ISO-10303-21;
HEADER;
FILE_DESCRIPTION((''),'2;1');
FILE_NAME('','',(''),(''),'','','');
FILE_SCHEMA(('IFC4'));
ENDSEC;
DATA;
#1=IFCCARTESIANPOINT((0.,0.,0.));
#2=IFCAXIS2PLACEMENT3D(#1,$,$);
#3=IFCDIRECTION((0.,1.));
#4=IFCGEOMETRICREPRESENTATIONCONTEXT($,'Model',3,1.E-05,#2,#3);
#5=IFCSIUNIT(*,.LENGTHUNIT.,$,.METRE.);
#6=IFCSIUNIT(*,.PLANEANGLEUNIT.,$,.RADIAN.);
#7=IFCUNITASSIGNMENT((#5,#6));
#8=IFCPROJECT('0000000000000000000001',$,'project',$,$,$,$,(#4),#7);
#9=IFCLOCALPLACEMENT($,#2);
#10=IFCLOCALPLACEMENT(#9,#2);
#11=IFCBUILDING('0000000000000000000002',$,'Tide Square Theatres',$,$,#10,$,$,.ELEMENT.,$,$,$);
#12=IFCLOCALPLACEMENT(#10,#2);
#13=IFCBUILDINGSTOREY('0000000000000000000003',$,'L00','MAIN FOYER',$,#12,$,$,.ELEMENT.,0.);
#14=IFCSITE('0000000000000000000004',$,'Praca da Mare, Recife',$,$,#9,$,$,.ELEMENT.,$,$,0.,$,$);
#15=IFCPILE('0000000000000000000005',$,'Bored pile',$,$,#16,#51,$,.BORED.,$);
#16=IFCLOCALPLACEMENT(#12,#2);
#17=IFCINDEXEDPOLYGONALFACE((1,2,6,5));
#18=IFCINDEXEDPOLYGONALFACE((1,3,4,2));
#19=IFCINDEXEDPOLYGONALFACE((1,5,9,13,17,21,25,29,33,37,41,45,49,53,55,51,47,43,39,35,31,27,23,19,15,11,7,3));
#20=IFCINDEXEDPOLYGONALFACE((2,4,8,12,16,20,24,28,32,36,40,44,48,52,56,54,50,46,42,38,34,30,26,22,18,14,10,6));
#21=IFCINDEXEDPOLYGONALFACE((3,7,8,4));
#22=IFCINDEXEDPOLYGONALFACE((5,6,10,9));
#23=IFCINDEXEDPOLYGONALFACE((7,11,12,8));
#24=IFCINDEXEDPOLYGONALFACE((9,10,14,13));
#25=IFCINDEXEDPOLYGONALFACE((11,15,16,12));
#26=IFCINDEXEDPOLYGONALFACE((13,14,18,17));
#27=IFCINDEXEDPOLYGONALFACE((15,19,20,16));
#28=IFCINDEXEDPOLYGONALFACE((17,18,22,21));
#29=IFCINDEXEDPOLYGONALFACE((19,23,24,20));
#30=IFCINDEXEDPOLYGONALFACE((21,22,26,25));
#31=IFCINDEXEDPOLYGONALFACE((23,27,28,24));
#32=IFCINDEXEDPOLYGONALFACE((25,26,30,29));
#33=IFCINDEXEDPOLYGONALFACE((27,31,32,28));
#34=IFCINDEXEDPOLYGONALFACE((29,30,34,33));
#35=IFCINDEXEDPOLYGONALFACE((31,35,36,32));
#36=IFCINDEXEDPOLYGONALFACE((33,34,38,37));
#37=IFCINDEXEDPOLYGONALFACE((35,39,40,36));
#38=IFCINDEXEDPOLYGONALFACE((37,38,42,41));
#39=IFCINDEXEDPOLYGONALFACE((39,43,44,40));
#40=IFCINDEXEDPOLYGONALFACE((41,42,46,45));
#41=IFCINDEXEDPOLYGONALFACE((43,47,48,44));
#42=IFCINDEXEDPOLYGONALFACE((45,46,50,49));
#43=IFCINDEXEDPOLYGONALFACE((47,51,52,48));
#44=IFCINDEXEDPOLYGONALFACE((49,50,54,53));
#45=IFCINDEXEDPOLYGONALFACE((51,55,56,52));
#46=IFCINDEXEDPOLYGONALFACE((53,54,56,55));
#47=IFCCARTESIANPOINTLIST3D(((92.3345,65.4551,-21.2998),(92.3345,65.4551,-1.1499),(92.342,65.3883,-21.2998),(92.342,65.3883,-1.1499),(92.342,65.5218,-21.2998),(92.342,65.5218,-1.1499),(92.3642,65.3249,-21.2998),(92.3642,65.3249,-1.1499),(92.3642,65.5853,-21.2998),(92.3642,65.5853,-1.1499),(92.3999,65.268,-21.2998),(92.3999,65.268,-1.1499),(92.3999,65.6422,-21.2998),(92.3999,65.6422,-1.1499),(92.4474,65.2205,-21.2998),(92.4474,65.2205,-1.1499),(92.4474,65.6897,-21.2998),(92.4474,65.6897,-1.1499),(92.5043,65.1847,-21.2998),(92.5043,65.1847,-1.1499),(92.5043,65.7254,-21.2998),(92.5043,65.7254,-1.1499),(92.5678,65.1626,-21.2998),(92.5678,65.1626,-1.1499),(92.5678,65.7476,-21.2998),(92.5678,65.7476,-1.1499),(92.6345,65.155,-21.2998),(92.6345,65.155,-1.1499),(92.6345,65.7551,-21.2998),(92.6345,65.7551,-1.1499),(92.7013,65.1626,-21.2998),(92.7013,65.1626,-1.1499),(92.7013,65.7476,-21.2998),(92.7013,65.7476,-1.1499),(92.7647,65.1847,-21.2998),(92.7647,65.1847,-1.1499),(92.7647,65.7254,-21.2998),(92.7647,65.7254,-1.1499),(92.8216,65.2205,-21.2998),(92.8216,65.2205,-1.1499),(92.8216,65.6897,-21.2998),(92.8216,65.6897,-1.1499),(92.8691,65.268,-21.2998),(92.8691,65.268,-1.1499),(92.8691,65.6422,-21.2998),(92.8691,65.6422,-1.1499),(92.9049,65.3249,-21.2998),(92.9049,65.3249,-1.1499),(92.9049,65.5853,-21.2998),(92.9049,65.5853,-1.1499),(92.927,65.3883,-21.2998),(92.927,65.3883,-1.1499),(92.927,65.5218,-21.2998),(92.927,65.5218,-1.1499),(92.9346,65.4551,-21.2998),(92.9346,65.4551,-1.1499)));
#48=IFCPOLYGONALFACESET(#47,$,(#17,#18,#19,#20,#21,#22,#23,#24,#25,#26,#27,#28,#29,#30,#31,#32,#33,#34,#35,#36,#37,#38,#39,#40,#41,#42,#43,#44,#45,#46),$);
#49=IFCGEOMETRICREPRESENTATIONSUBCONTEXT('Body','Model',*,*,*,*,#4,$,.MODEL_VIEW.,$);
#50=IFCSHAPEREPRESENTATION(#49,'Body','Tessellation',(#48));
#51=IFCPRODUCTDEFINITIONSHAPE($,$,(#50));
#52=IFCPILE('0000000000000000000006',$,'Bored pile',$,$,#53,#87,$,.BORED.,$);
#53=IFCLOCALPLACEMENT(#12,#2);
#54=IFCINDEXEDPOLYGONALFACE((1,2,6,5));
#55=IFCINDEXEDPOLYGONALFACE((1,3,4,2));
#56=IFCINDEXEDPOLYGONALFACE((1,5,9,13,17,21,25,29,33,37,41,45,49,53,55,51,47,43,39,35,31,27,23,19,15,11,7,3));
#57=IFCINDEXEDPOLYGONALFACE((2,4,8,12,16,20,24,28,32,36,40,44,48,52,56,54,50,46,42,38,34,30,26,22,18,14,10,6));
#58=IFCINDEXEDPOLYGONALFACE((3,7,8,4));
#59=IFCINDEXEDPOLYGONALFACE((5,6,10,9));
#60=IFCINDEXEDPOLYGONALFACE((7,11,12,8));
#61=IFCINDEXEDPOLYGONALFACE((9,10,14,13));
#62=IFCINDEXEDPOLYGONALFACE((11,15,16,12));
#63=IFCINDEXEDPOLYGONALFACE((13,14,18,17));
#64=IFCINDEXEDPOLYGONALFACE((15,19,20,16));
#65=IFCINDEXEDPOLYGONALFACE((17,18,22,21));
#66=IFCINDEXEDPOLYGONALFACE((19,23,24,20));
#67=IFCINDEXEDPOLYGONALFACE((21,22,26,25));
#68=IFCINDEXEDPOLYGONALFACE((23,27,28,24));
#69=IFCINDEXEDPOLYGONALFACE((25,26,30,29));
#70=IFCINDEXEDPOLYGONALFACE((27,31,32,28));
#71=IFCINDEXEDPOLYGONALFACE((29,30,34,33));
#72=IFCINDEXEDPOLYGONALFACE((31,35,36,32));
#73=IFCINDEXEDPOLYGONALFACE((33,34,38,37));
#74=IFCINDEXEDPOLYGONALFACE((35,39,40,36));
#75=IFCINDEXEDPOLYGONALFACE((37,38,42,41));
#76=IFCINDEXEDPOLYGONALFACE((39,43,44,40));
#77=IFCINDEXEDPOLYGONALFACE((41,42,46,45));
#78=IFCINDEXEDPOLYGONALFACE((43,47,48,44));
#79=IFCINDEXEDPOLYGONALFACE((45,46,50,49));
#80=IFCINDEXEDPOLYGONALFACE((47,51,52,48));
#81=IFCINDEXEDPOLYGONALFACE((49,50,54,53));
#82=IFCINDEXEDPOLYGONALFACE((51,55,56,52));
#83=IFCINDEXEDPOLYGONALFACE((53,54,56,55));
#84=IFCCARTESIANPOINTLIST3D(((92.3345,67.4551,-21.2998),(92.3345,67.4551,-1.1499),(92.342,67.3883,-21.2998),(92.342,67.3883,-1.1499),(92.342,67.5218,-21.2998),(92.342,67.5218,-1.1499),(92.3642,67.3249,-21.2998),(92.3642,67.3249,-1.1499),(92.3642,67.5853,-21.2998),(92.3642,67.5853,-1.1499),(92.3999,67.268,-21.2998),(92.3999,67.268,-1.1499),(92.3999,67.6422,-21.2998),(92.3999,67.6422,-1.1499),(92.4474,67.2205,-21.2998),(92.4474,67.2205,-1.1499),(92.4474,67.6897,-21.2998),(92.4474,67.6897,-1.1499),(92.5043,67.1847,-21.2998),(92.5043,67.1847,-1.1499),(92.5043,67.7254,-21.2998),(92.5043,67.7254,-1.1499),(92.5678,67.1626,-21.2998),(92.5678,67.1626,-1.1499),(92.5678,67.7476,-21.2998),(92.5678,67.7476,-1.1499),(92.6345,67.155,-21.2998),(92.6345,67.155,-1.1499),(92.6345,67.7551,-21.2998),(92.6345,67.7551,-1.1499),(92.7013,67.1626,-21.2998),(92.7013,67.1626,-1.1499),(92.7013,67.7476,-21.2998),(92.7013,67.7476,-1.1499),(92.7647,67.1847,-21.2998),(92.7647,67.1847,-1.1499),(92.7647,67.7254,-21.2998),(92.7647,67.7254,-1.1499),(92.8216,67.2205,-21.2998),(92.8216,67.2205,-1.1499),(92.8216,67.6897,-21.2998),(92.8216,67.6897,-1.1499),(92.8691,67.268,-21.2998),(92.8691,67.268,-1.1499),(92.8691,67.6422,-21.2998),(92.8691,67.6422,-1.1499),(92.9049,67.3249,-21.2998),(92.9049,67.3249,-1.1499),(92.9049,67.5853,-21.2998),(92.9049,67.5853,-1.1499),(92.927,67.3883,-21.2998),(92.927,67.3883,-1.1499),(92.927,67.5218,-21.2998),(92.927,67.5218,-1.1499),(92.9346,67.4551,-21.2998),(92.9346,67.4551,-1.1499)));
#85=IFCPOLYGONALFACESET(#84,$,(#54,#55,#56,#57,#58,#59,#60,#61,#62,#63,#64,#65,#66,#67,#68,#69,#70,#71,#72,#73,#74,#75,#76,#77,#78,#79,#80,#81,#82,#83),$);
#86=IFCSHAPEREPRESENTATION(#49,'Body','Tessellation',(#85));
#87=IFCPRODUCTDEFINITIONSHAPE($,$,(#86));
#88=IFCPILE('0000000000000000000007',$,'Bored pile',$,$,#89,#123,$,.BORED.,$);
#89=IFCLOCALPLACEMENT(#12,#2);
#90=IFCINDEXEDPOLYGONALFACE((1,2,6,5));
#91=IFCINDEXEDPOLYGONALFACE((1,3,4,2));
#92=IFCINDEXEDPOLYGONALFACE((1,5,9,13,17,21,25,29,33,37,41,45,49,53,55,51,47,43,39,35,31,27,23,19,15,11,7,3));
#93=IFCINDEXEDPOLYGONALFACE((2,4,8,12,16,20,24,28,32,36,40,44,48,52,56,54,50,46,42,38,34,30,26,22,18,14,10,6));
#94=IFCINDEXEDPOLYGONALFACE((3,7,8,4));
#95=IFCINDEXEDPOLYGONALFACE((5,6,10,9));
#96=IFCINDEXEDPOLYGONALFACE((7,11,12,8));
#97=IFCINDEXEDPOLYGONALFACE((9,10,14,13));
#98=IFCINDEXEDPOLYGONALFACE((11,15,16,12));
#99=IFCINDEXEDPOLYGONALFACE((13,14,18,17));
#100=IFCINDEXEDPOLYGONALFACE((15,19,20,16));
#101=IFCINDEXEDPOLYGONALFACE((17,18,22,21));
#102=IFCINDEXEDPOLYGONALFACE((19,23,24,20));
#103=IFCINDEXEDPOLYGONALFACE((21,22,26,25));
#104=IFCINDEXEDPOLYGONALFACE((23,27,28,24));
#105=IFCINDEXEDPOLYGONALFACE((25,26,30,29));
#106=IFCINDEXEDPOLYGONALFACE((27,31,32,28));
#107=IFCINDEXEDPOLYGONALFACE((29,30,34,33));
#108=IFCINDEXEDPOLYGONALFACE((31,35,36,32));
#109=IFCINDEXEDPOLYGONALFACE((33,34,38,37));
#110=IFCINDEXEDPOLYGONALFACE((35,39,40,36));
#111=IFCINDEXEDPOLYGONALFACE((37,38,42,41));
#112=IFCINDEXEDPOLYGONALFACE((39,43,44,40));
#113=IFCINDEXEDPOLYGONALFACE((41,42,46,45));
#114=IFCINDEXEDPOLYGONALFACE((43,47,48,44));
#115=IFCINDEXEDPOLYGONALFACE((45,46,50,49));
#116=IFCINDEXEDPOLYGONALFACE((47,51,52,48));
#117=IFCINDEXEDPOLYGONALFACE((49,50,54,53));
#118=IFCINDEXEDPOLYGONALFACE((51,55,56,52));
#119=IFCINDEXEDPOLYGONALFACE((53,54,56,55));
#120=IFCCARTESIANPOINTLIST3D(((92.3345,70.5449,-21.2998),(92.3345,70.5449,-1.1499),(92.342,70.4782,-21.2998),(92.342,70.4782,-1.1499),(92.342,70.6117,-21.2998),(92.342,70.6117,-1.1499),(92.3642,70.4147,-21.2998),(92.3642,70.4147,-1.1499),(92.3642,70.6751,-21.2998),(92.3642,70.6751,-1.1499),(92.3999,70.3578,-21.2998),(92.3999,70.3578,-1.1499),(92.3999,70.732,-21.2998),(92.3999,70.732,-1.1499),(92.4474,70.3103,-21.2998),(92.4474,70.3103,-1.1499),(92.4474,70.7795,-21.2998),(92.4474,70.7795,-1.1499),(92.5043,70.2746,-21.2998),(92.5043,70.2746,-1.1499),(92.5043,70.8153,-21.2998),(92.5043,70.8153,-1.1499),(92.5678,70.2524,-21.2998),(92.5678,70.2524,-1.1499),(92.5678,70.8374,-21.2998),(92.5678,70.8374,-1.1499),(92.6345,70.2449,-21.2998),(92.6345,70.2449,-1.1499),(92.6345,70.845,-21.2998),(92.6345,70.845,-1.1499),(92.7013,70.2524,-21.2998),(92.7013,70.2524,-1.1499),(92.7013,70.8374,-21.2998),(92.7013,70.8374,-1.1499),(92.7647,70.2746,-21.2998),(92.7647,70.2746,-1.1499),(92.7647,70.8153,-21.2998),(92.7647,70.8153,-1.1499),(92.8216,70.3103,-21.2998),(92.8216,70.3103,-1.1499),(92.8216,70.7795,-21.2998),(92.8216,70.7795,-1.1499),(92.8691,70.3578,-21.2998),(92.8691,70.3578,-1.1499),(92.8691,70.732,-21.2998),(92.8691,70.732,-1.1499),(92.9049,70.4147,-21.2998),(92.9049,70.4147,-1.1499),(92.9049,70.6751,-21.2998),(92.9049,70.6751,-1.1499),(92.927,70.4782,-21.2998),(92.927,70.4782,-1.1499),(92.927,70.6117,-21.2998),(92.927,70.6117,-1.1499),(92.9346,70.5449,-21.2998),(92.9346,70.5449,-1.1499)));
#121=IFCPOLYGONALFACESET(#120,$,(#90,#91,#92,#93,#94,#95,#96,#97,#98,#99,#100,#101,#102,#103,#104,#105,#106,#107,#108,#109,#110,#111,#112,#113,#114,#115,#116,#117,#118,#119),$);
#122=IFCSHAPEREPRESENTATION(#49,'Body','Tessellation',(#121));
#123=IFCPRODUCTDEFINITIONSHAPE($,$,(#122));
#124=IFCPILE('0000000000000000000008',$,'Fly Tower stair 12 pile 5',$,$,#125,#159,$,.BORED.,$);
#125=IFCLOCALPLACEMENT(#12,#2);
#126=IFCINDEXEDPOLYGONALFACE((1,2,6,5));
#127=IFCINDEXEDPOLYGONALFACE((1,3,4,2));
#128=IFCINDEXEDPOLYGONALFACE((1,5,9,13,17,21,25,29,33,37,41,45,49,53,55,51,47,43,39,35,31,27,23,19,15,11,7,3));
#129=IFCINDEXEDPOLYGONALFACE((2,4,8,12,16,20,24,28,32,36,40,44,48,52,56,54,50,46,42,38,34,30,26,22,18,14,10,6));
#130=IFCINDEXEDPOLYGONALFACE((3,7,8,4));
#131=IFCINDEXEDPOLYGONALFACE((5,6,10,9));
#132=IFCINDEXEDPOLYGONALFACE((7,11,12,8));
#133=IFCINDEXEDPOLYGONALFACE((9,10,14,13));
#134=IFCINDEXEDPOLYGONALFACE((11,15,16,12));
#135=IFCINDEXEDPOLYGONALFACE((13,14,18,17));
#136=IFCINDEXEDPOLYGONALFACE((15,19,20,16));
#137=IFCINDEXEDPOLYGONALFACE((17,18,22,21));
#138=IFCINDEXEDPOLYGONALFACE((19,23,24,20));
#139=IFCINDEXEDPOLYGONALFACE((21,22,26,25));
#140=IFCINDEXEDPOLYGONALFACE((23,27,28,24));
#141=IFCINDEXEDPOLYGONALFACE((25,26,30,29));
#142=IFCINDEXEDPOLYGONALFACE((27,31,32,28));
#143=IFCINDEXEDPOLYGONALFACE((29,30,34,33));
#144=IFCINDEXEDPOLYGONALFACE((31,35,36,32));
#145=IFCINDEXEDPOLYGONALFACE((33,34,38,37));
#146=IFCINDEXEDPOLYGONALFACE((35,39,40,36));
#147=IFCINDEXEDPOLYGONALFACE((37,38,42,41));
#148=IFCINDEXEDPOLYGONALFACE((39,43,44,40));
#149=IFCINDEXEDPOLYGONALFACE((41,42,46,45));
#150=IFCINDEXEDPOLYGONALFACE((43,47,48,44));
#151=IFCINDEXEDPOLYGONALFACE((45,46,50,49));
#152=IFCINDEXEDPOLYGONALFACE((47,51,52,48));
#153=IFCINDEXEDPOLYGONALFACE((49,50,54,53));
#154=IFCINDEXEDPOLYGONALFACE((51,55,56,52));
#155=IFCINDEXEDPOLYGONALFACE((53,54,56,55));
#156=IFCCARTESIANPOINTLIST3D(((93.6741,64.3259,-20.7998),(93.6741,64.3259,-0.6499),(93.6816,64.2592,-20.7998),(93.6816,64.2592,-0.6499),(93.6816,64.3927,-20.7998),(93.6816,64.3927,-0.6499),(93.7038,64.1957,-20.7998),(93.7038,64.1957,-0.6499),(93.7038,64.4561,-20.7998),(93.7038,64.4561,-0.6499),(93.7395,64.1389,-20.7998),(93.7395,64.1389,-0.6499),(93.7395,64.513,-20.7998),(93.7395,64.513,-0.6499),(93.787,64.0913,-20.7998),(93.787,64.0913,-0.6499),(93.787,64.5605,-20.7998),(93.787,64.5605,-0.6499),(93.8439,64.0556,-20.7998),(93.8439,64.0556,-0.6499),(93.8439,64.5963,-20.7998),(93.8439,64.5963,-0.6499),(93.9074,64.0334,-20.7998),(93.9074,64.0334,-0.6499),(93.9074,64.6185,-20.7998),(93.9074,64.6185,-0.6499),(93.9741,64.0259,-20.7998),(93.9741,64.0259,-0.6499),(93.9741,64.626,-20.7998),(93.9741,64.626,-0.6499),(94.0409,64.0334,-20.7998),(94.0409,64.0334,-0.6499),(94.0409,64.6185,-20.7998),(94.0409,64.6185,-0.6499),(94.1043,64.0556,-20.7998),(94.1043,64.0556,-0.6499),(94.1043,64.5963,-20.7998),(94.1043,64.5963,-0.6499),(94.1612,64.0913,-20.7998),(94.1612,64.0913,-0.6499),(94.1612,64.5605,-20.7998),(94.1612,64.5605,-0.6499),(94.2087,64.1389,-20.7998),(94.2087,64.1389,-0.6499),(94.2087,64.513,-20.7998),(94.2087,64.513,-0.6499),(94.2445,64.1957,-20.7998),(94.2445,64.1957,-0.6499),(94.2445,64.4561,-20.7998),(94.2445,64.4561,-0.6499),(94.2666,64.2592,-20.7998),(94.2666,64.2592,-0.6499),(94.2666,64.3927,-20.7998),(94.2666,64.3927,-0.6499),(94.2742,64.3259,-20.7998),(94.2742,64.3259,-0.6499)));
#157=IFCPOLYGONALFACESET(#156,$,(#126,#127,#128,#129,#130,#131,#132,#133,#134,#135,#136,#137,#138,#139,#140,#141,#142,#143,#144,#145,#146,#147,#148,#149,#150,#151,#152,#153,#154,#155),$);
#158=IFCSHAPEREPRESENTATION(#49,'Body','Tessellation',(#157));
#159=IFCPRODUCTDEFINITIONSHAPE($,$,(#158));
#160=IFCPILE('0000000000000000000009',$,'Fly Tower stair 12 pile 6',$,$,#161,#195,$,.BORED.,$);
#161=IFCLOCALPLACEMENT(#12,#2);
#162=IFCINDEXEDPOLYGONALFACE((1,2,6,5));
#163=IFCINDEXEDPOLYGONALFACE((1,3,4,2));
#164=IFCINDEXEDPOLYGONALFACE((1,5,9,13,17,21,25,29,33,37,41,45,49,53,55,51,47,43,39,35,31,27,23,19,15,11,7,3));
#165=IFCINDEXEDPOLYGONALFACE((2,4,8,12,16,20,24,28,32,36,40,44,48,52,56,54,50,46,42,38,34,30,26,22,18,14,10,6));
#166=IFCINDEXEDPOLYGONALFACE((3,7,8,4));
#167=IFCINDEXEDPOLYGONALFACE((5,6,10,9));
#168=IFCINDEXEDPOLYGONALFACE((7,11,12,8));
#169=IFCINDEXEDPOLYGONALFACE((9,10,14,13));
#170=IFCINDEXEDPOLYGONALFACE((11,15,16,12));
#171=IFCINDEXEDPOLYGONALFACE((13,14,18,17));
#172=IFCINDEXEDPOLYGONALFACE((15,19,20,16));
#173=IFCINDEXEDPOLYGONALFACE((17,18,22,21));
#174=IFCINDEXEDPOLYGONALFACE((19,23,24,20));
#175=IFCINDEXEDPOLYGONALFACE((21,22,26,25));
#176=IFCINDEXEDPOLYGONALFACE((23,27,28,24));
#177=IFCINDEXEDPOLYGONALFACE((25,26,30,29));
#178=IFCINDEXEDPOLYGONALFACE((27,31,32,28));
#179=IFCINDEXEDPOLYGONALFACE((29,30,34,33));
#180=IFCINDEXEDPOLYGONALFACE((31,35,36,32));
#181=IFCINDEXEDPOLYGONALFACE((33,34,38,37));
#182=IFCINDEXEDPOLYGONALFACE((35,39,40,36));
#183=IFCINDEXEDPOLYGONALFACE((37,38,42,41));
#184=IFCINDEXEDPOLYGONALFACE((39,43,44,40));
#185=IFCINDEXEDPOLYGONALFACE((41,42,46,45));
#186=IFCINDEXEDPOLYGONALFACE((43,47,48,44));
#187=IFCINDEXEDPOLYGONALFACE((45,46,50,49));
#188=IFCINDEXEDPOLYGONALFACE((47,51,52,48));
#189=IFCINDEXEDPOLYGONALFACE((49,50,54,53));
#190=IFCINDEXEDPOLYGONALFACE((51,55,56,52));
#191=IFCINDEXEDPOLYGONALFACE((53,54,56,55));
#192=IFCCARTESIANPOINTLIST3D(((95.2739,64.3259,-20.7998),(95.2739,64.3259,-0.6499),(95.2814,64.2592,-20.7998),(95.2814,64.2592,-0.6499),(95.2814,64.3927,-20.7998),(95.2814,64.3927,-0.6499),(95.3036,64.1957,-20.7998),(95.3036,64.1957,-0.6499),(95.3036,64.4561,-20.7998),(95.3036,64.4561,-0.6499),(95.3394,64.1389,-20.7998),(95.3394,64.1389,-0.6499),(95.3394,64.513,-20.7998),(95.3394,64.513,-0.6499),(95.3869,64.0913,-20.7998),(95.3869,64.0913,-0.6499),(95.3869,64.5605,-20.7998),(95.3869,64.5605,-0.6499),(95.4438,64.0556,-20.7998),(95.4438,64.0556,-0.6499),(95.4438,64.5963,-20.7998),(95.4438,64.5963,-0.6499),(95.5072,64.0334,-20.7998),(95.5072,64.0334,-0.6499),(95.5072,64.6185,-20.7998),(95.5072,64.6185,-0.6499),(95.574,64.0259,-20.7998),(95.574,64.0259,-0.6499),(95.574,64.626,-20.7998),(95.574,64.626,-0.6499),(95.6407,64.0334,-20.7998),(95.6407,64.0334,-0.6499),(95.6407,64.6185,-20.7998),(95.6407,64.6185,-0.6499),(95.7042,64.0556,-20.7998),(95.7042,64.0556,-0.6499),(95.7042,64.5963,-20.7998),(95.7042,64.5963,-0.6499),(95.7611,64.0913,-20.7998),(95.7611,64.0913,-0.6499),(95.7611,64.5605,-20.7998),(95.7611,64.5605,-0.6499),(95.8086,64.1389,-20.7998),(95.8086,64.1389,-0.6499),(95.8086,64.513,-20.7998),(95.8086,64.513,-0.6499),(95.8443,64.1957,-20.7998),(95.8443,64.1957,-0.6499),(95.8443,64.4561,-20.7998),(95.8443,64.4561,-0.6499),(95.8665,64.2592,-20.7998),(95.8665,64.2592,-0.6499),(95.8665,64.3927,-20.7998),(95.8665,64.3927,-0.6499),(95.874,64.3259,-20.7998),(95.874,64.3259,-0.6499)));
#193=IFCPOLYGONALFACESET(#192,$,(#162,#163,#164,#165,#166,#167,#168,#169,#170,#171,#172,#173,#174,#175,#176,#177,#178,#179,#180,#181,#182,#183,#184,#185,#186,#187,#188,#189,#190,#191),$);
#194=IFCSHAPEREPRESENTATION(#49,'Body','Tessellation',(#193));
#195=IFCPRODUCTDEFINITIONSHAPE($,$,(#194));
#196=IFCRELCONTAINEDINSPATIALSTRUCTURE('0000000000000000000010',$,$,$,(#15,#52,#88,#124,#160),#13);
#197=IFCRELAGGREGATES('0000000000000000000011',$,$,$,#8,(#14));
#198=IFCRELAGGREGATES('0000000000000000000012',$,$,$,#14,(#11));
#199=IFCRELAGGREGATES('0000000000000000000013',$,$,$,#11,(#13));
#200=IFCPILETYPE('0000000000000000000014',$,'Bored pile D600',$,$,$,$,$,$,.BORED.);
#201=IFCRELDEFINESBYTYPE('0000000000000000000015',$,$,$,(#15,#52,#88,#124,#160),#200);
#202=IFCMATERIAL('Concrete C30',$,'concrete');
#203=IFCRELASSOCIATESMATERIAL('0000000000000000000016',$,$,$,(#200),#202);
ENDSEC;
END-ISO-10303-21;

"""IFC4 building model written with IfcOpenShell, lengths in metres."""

from ifc_helpers import new_model, si_unit, direction, frame, origin, origin_2d, place, context, subcontext, project, spatial, circle, extrude, material, material_profile, profile_set, type_object, element, save


model = new_model("IFC4")

# Units and contexts
model_context = context("Model", 3, precision=1e-05, world=origin(), true_north=direction((0.0, 1.0)))
body_context = subcontext(model_context, "Body", "Model", "MODEL_VIEW")
ifc_project = project(units=[si_unit("LENGTHUNIT", "METRE"), si_unit("PLANEANGLEUNIT", "RADIAN")], contexts=[model_context])

# Site, building, storey
site_placement = place(None, origin())
site = spatial("IfcSite", under=ifc_project, at=site_placement, Name="Praca da Mare, Recife", CompositionType="ELEMENT", RefElevation=0.0)
building_placement = place(site_placement, origin())
building = spatial("IfcBuilding", under=site, at=building_placement, Name="Tide Square Theatres", CompositionType="ELEMENT")
storey_placement = place(building_placement, origin())
storey = spatial("IfcBuildingStorey", under=building, at=storey_placement, Name="L00", Description="MAIN FOYER", CompositionType="ELEMENT", Elevation=0.0)

# Piles
ifc_material_1 = material(Name="Concrete C30", Category="concrete")
ifc_material_profile_1 = material_profile(ifc_material_1, circle(Radius=0.3, at=origin_2d()))
ifc_profile_set_1 = profile_set([ifc_material_profile_1], Name="Concrete C30")
pile_type = type_object("IfcPileType", Name="Bored pile D600", PredefinedType="BORED", material=ifc_profile_set_1)
for number, where, z_axis, x_axis, name in (
    (1, (92.6345, 65.4551, -1.1499), (0.0, 0.0, -1.0), (1.0, 0.0, 0.0), "Bored pile"),
    (2, (92.6345, 67.4551, -1.1499), (0.0, 0.0, -1.0), (1.0, 0.0, 0.0), "Bored pile"),
    (3, (92.6345, 70.5449, -1.1499), (0.0, 0.0, -1.0), (1.0, 0.0, 0.0), "Bored pile"),
    (4, (93.9741, 64.3259, -0.6499), (0.0, 0.0, -1.0), (1.0, 0.0, 0.0), "Fly Tower stair 12 pile 5"),
    (5, (95.574, 64.3259, -0.6499), (0.0, 0.0, -1.0), (1.0, 0.0, 0.0), "Fly Tower stair 12 pile 6"),
):
    element("IfcPile", number, at=place(storey_placement, frame(where, z_axis=z_axis, x_axis=x_axis)), inside=storey, type_object=pile_type, Name=name, PredefinedType="BORED", context=body_context, shape_type="SweptSolid", body=[
        extrude(circle(Radius=0.3, at=origin_2d()), origin(), (0.0, 0.0, 1.0), 20.1499),
    ])

save(model, "model.ifc")
